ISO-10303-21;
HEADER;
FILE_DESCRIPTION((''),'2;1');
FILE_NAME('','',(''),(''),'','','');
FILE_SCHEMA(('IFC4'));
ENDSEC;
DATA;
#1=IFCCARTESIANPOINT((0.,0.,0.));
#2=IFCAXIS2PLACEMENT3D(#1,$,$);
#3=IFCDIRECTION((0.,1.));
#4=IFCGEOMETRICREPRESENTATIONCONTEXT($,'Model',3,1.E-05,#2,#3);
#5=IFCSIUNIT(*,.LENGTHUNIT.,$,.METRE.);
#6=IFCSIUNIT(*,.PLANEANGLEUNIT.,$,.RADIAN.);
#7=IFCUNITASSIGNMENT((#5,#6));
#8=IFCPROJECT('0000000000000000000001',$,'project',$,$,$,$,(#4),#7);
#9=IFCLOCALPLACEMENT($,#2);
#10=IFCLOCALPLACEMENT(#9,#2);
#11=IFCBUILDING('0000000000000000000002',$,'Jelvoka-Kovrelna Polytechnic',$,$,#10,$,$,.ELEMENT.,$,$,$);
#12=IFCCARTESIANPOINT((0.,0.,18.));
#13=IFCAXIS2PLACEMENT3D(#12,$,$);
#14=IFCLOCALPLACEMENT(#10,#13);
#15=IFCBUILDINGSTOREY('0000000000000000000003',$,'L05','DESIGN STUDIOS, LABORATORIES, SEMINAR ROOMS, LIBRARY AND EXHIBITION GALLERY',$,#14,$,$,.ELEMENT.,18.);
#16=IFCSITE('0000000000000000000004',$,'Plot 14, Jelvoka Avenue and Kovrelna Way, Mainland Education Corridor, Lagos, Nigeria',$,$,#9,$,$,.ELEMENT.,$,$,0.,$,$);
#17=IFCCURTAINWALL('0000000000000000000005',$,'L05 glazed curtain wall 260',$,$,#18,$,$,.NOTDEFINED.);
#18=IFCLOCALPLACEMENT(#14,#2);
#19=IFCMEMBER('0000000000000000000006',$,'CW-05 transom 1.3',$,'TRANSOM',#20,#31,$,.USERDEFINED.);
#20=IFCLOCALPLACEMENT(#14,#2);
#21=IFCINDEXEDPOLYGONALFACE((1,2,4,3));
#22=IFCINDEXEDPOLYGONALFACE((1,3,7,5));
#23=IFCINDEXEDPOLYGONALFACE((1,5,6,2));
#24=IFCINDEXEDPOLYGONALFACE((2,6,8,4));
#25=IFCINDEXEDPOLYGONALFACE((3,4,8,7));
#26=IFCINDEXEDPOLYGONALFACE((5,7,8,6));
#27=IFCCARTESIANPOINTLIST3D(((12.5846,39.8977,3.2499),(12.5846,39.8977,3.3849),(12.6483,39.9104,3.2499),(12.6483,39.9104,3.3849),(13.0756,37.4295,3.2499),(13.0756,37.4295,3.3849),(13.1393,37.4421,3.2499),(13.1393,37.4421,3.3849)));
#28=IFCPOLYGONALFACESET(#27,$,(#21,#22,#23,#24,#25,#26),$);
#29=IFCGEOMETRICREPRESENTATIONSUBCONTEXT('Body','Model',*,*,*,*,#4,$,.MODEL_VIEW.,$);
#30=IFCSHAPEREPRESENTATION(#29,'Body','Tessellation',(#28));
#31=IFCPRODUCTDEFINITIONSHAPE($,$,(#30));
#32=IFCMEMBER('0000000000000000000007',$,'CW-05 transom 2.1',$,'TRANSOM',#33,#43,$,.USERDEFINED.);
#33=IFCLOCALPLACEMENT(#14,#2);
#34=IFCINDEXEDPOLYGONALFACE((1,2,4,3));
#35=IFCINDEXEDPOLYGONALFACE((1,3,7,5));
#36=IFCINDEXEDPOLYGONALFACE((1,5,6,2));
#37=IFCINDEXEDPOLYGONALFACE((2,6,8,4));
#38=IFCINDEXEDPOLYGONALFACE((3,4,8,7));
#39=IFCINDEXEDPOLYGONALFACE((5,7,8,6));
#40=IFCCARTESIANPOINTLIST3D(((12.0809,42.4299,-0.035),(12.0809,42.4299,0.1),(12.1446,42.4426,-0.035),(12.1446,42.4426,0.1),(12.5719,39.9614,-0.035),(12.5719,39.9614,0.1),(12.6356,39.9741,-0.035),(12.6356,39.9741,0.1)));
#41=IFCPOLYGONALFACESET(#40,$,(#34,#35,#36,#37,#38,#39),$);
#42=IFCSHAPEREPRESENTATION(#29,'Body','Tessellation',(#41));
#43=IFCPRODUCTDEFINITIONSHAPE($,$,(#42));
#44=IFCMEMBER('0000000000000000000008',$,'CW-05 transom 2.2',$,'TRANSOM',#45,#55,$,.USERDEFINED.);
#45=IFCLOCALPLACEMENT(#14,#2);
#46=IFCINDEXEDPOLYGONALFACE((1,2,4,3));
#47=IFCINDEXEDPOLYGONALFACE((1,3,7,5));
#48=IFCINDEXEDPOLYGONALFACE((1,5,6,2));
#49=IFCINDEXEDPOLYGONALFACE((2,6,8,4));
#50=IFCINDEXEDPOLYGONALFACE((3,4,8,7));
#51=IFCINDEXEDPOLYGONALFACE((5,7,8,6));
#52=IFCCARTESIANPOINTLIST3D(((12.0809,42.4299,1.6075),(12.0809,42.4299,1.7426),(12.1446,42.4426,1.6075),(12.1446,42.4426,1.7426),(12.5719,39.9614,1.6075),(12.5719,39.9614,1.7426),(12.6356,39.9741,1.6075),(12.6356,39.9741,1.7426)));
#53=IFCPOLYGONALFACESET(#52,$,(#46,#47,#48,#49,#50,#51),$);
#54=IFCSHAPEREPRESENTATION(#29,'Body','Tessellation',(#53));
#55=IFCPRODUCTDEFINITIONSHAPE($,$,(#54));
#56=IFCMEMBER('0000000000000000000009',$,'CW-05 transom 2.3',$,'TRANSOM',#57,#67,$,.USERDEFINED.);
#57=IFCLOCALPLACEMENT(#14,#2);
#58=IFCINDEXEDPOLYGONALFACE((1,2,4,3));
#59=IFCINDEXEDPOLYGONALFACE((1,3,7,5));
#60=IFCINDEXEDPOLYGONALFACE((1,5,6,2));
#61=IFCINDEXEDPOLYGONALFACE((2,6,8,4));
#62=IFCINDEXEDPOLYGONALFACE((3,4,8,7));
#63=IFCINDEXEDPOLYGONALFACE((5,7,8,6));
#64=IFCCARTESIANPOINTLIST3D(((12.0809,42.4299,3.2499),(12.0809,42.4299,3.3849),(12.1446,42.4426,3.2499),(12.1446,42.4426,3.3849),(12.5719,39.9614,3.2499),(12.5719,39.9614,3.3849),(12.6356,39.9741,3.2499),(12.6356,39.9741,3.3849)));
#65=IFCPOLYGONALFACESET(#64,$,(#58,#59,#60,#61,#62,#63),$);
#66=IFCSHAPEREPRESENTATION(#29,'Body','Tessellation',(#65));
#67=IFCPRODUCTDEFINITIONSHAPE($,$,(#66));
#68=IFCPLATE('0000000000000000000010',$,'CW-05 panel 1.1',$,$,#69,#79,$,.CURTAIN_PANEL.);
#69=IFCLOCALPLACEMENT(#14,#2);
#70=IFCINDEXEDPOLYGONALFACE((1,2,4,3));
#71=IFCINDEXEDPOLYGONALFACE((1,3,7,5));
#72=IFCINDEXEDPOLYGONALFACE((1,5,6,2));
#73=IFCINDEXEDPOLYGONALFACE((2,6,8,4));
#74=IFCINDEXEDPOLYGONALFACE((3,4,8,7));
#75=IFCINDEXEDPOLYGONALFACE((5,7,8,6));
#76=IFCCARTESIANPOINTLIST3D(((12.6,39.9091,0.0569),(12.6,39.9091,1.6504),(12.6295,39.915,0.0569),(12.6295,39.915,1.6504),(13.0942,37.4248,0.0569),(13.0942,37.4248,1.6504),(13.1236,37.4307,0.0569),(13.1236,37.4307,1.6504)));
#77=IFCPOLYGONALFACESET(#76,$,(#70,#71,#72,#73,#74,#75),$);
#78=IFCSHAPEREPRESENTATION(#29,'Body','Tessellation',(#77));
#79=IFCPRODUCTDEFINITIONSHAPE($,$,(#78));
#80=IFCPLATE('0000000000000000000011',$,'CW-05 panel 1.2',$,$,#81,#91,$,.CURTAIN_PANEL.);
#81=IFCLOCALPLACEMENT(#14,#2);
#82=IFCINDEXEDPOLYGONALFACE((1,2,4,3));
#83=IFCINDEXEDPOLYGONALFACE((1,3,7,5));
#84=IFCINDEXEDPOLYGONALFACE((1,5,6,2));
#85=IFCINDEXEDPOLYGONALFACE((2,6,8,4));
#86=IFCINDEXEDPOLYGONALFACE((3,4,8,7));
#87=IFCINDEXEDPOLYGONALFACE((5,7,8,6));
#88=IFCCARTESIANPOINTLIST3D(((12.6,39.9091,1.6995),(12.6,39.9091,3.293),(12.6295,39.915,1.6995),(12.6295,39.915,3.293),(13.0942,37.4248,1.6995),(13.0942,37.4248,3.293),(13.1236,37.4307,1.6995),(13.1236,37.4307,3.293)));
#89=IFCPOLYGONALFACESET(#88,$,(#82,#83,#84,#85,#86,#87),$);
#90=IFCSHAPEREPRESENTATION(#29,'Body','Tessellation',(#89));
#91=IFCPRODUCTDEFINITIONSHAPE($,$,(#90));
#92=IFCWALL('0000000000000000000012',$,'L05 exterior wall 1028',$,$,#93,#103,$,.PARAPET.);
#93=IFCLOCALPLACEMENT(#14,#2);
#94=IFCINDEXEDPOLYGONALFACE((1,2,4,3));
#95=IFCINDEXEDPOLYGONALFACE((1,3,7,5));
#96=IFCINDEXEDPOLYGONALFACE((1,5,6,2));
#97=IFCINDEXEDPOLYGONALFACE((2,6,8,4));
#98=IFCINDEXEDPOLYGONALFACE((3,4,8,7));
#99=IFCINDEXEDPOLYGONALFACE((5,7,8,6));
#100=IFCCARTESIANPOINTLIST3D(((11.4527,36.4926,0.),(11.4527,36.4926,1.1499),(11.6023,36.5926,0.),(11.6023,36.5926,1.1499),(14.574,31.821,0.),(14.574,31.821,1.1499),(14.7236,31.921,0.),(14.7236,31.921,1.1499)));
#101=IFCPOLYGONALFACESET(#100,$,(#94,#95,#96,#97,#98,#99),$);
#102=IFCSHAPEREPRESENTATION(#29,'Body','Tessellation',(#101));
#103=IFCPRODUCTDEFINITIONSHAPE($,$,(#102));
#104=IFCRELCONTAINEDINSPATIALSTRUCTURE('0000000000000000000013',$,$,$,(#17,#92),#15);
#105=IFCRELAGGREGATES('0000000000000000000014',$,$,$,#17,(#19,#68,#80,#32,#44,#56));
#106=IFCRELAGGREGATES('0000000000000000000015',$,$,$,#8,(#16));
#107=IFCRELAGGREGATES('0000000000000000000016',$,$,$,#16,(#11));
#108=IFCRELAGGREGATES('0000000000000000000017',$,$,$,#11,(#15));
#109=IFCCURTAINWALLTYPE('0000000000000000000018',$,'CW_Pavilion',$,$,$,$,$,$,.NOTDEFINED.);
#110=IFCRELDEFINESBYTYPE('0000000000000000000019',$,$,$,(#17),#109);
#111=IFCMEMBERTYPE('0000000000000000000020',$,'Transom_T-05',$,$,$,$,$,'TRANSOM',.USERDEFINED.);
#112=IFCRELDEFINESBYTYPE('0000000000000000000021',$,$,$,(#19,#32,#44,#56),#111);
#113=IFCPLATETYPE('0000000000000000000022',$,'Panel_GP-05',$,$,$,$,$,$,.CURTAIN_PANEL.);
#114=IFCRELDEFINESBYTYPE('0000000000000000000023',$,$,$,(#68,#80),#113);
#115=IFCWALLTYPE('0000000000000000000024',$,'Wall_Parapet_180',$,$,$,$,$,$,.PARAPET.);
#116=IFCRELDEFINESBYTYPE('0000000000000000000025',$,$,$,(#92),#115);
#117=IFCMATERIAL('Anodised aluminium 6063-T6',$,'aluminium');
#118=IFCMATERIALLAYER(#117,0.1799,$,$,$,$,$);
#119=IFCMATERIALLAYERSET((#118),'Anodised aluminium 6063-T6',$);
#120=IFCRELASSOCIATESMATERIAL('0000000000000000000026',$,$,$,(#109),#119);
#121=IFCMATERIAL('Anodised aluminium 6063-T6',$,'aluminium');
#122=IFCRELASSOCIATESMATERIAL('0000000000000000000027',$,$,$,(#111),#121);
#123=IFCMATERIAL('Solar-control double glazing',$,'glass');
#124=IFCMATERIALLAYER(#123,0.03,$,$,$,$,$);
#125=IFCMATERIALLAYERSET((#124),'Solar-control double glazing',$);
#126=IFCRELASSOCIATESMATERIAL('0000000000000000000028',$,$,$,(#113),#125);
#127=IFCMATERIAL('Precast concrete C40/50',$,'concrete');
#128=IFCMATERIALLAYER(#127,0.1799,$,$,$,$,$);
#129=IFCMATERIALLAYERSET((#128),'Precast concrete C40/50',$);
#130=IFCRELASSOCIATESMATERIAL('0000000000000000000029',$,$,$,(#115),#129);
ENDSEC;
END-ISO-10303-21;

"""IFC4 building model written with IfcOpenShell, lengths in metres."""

from ifc_helpers import new_model, si_unit, direction, frame, frame_2d, origin, origin_2d, place, context, subcontext, project, spatial, rectangle, extrude, material, layer, layer_set, material_profile, profile_set, type_object, element, aggregate, save


model = new_model("IFC4")

# Units and contexts
model_context = context("Model", 3, precision=1e-05, world=origin(), true_north=direction((0.0, 1.0)))
body_context = subcontext(model_context, "Body", "Model", "MODEL_VIEW")
ifc_project = project(units=[si_unit("LENGTHUNIT", "METRE"), si_unit("PLANEANGLEUNIT", "RADIAN")], contexts=[model_context])

# Site, building, storey
site_placement = place(None, origin())
site = spatial("IfcSite", under=ifc_project, at=site_placement, Name="Plot 14, Jelvoka Avenue and Kovrelna Way, Mainland Education Corridor, Lagos, Nigeria", CompositionType="ELEMENT", RefElevation=0.0)
building_placement = place(site_placement, origin())
building = spatial("IfcBuilding", under=site, at=building_placement, Name="Jelvoka-Kovrelna Polytechnic", CompositionType="ELEMENT")
storey_placement = place(building_placement, frame((0.0, 0.0, 18.0)))
storey = spatial("IfcBuildingStorey", under=building, at=storey_placement, Name="L05", Description="DESIGN STUDIOS, LABORATORIES, SEMINAR ROOMS, LIBRARY AND EXHIBITION GALLERY", CompositionType="ELEMENT", Elevation=18.0)

# Curtain wall
ifc_material_1 = material(Name="Anodised aluminium 6063-T6", Category="aluminium")
ifc_layer_1 = layer(ifc_material_1, 0.1799)
ifc_layer_set_1 = layer_set([ifc_layer_1], Name="Anodised aluminium 6063-T6")
curtain_wall_type = type_object("IfcCurtainWallType", Name="CW_Pavilion", PredefinedType="NOTDEFINED", material=ifc_layer_set_1)
curtain_wall_1_placement = place(storey_placement, origin())
curtain_wall_1 = element("IfcCurtainWall", 1, at=curtain_wall_1_placement, inside=storey, type_object=curtain_wall_type, Name="L05 glazed curtain wall 260", PredefinedType="NOTDEFINED")

# Members
ifc_material_2 = material(Name="Anodised aluminium 6063-T6", Category="aluminium")
ifc_material_profile_1 = material_profile(ifc_material_2, rectangle(XDim=0.0649, YDim=0.135, at=origin_2d()), Name="ALU 65x135")
ifc_profile_set_1 = profile_set([ifc_material_profile_1], Name="Anodised aluminium 6063-T6")
member_type_1 = type_object("IfcMemberType", Name="Transom_T-05", ElementType="TRANSOM", PredefinedType="USERDEFINED", material=ifc_profile_set_1)
member_1_placement = place(storey_placement, frame((13.1074, 37.4358, 3.3174), z_axis=(-0.19509, 0.980785, 0.0), x_axis=(-0.980785, -0.19509, 0.0)))
member_1 = element("IfcMember", 2, at=member_1_placement, type_object=member_type_1, Name="CW-05 transom 1.3", ObjectType="TRANSOM", PredefinedType="USERDEFINED", context=body_context, shape_type="SweptSolid", body=[
    extrude(rectangle(XDim=0.0649, YDim=0.135, at=origin_2d()), origin(), (0.0, 0.0, 1.0), 2.5166),
])
member_2_placement = place(storey_placement, frame((12.6038, 39.9678, 0.0325), z_axis=(-0.195071, 0.980789, 0.0), x_axis=(-0.980789, -0.195071, 0.0)))
member_2 = element("IfcMember", 3, at=member_2_placement, type_object=member_type_1, Name="CW-05 transom 2.1", ObjectType="TRANSOM", PredefinedType="USERDEFINED", context=body_context, shape_type="SweptSolid", body=[
    extrude(rectangle(XDim=0.0649, YDim=0.135, at=origin_2d()), origin(), (0.0, 0.0, 1.0), 2.5168),
])
member_3_placement = place(storey_placement, frame((12.6038, 39.9678, 1.675), z_axis=(-0.195071, 0.980789, 0.0), x_axis=(-0.980789, -0.195071, 0.0)))
member_3 = element("IfcMember", 4, at=member_3_placement, type_object=member_type_1, Name="CW-05 transom 2.2", ObjectType="TRANSOM", PredefinedType="USERDEFINED", context=body_context, shape_type="SweptSolid", body=[
    extrude(rectangle(XDim=0.0649, YDim=0.135, at=origin_2d()), origin(), (0.0, 0.0, 1.0), 2.5168),
])
member_4_placement = place(storey_placement, frame((12.6038, 39.9678, 3.3174), z_axis=(-0.195071, 0.980789, 0.0), x_axis=(-0.980789, -0.195071, 0.0)))
member_4 = element("IfcMember", 5, at=member_4_placement, type_object=member_type_1, Name="CW-05 transom 2.3", ObjectType="TRANSOM", PredefinedType="USERDEFINED", context=body_context, shape_type="SweptSolid", body=[
    extrude(rectangle(XDim=0.0649, YDim=0.135, at=origin_2d()), origin(), (0.0, 0.0, 1.0), 2.5168),
])

# Plates
ifc_material_3 = material(Name="Solar-control double glazing", Category="glass")
ifc_layer_2 = layer(ifc_material_3, 0.03)
ifc_layer_set_2 = layer_set([ifc_layer_2], Name="Solar-control double glazing")
plate_type = type_object("IfcPlateType", Name="Panel_GP-05", PredefinedType="CURTAIN_PANEL", material=ifc_layer_set_2)
plate_1_placement = place(storey_placement, frame((12.8618, 38.6699, 0.0569), z_axis=(0.0, 0.0, 1.0), x_axis=(-0.195086, 0.980786, 0.0)))
plate_1 = element("IfcPlate", 6, at=plate_1_placement, type_object=plate_type, Name="CW-05 panel 1.1", PredefinedType="CURTAIN_PANEL", context=body_context, shape_type="SweptSolid", body=[
    extrude(rectangle(XDim=2.533, YDim=0.03, at=origin_2d()), origin(), (0.0, 0.0, 1.0), 1.5935),
])
plate_2_placement = place(storey_placement, frame((12.8618, 38.6699, 1.6995), z_axis=(0.0, 0.0, 1.0), x_axis=(-0.195086, 0.980786, 0.0)))
plate_2 = element("IfcPlate", 7, at=plate_2_placement, type_object=plate_type, Name="CW-05 panel 1.2", PredefinedType="CURTAIN_PANEL", context=body_context, shape_type="SweptSolid", body=[
    extrude(rectangle(XDim=2.533, YDim=0.03, at=origin_2d()), origin(), (0.0, 0.0, 1.0), 1.5935),
])
aggregate(curtain_wall_1, [member_1, plate_1, plate_2, member_2, member_3, member_4])

# Wall
ifc_material_4 = material(Name="Precast concrete C40/50", Category="concrete")
ifc_layer_3 = layer(ifc_material_4, 0.1799)
ifc_layer_set_3 = layer_set([ifc_layer_3], Name="Precast concrete C40/50")
wall_type = type_object("IfcWallType", Name="Wall_Parapet_180", PredefinedType="PARAPET", material=ifc_layer_set_3)
wall_placement = place(storey_placement, frame((11.5276, 36.5425, 0.0), z_axis=(0.0, 0.0, 1.0), x_axis=(0.555552, -0.831482, 0.0)))
element("IfcWall", 8, at=wall_placement, inside=storey, type_object=wall_type, Name="L05 exterior wall 1028", PredefinedType="PARAPET", context=body_context, shape_type="SweptSolid", body=[
    extrude(rectangle(XDim=5.6184, YDim=0.1799, at=frame_2d((2.8091, 0.0))), origin(), (0.0, 0.0, 1.0), 1.1499),
])

save(model, "model.ifc")
